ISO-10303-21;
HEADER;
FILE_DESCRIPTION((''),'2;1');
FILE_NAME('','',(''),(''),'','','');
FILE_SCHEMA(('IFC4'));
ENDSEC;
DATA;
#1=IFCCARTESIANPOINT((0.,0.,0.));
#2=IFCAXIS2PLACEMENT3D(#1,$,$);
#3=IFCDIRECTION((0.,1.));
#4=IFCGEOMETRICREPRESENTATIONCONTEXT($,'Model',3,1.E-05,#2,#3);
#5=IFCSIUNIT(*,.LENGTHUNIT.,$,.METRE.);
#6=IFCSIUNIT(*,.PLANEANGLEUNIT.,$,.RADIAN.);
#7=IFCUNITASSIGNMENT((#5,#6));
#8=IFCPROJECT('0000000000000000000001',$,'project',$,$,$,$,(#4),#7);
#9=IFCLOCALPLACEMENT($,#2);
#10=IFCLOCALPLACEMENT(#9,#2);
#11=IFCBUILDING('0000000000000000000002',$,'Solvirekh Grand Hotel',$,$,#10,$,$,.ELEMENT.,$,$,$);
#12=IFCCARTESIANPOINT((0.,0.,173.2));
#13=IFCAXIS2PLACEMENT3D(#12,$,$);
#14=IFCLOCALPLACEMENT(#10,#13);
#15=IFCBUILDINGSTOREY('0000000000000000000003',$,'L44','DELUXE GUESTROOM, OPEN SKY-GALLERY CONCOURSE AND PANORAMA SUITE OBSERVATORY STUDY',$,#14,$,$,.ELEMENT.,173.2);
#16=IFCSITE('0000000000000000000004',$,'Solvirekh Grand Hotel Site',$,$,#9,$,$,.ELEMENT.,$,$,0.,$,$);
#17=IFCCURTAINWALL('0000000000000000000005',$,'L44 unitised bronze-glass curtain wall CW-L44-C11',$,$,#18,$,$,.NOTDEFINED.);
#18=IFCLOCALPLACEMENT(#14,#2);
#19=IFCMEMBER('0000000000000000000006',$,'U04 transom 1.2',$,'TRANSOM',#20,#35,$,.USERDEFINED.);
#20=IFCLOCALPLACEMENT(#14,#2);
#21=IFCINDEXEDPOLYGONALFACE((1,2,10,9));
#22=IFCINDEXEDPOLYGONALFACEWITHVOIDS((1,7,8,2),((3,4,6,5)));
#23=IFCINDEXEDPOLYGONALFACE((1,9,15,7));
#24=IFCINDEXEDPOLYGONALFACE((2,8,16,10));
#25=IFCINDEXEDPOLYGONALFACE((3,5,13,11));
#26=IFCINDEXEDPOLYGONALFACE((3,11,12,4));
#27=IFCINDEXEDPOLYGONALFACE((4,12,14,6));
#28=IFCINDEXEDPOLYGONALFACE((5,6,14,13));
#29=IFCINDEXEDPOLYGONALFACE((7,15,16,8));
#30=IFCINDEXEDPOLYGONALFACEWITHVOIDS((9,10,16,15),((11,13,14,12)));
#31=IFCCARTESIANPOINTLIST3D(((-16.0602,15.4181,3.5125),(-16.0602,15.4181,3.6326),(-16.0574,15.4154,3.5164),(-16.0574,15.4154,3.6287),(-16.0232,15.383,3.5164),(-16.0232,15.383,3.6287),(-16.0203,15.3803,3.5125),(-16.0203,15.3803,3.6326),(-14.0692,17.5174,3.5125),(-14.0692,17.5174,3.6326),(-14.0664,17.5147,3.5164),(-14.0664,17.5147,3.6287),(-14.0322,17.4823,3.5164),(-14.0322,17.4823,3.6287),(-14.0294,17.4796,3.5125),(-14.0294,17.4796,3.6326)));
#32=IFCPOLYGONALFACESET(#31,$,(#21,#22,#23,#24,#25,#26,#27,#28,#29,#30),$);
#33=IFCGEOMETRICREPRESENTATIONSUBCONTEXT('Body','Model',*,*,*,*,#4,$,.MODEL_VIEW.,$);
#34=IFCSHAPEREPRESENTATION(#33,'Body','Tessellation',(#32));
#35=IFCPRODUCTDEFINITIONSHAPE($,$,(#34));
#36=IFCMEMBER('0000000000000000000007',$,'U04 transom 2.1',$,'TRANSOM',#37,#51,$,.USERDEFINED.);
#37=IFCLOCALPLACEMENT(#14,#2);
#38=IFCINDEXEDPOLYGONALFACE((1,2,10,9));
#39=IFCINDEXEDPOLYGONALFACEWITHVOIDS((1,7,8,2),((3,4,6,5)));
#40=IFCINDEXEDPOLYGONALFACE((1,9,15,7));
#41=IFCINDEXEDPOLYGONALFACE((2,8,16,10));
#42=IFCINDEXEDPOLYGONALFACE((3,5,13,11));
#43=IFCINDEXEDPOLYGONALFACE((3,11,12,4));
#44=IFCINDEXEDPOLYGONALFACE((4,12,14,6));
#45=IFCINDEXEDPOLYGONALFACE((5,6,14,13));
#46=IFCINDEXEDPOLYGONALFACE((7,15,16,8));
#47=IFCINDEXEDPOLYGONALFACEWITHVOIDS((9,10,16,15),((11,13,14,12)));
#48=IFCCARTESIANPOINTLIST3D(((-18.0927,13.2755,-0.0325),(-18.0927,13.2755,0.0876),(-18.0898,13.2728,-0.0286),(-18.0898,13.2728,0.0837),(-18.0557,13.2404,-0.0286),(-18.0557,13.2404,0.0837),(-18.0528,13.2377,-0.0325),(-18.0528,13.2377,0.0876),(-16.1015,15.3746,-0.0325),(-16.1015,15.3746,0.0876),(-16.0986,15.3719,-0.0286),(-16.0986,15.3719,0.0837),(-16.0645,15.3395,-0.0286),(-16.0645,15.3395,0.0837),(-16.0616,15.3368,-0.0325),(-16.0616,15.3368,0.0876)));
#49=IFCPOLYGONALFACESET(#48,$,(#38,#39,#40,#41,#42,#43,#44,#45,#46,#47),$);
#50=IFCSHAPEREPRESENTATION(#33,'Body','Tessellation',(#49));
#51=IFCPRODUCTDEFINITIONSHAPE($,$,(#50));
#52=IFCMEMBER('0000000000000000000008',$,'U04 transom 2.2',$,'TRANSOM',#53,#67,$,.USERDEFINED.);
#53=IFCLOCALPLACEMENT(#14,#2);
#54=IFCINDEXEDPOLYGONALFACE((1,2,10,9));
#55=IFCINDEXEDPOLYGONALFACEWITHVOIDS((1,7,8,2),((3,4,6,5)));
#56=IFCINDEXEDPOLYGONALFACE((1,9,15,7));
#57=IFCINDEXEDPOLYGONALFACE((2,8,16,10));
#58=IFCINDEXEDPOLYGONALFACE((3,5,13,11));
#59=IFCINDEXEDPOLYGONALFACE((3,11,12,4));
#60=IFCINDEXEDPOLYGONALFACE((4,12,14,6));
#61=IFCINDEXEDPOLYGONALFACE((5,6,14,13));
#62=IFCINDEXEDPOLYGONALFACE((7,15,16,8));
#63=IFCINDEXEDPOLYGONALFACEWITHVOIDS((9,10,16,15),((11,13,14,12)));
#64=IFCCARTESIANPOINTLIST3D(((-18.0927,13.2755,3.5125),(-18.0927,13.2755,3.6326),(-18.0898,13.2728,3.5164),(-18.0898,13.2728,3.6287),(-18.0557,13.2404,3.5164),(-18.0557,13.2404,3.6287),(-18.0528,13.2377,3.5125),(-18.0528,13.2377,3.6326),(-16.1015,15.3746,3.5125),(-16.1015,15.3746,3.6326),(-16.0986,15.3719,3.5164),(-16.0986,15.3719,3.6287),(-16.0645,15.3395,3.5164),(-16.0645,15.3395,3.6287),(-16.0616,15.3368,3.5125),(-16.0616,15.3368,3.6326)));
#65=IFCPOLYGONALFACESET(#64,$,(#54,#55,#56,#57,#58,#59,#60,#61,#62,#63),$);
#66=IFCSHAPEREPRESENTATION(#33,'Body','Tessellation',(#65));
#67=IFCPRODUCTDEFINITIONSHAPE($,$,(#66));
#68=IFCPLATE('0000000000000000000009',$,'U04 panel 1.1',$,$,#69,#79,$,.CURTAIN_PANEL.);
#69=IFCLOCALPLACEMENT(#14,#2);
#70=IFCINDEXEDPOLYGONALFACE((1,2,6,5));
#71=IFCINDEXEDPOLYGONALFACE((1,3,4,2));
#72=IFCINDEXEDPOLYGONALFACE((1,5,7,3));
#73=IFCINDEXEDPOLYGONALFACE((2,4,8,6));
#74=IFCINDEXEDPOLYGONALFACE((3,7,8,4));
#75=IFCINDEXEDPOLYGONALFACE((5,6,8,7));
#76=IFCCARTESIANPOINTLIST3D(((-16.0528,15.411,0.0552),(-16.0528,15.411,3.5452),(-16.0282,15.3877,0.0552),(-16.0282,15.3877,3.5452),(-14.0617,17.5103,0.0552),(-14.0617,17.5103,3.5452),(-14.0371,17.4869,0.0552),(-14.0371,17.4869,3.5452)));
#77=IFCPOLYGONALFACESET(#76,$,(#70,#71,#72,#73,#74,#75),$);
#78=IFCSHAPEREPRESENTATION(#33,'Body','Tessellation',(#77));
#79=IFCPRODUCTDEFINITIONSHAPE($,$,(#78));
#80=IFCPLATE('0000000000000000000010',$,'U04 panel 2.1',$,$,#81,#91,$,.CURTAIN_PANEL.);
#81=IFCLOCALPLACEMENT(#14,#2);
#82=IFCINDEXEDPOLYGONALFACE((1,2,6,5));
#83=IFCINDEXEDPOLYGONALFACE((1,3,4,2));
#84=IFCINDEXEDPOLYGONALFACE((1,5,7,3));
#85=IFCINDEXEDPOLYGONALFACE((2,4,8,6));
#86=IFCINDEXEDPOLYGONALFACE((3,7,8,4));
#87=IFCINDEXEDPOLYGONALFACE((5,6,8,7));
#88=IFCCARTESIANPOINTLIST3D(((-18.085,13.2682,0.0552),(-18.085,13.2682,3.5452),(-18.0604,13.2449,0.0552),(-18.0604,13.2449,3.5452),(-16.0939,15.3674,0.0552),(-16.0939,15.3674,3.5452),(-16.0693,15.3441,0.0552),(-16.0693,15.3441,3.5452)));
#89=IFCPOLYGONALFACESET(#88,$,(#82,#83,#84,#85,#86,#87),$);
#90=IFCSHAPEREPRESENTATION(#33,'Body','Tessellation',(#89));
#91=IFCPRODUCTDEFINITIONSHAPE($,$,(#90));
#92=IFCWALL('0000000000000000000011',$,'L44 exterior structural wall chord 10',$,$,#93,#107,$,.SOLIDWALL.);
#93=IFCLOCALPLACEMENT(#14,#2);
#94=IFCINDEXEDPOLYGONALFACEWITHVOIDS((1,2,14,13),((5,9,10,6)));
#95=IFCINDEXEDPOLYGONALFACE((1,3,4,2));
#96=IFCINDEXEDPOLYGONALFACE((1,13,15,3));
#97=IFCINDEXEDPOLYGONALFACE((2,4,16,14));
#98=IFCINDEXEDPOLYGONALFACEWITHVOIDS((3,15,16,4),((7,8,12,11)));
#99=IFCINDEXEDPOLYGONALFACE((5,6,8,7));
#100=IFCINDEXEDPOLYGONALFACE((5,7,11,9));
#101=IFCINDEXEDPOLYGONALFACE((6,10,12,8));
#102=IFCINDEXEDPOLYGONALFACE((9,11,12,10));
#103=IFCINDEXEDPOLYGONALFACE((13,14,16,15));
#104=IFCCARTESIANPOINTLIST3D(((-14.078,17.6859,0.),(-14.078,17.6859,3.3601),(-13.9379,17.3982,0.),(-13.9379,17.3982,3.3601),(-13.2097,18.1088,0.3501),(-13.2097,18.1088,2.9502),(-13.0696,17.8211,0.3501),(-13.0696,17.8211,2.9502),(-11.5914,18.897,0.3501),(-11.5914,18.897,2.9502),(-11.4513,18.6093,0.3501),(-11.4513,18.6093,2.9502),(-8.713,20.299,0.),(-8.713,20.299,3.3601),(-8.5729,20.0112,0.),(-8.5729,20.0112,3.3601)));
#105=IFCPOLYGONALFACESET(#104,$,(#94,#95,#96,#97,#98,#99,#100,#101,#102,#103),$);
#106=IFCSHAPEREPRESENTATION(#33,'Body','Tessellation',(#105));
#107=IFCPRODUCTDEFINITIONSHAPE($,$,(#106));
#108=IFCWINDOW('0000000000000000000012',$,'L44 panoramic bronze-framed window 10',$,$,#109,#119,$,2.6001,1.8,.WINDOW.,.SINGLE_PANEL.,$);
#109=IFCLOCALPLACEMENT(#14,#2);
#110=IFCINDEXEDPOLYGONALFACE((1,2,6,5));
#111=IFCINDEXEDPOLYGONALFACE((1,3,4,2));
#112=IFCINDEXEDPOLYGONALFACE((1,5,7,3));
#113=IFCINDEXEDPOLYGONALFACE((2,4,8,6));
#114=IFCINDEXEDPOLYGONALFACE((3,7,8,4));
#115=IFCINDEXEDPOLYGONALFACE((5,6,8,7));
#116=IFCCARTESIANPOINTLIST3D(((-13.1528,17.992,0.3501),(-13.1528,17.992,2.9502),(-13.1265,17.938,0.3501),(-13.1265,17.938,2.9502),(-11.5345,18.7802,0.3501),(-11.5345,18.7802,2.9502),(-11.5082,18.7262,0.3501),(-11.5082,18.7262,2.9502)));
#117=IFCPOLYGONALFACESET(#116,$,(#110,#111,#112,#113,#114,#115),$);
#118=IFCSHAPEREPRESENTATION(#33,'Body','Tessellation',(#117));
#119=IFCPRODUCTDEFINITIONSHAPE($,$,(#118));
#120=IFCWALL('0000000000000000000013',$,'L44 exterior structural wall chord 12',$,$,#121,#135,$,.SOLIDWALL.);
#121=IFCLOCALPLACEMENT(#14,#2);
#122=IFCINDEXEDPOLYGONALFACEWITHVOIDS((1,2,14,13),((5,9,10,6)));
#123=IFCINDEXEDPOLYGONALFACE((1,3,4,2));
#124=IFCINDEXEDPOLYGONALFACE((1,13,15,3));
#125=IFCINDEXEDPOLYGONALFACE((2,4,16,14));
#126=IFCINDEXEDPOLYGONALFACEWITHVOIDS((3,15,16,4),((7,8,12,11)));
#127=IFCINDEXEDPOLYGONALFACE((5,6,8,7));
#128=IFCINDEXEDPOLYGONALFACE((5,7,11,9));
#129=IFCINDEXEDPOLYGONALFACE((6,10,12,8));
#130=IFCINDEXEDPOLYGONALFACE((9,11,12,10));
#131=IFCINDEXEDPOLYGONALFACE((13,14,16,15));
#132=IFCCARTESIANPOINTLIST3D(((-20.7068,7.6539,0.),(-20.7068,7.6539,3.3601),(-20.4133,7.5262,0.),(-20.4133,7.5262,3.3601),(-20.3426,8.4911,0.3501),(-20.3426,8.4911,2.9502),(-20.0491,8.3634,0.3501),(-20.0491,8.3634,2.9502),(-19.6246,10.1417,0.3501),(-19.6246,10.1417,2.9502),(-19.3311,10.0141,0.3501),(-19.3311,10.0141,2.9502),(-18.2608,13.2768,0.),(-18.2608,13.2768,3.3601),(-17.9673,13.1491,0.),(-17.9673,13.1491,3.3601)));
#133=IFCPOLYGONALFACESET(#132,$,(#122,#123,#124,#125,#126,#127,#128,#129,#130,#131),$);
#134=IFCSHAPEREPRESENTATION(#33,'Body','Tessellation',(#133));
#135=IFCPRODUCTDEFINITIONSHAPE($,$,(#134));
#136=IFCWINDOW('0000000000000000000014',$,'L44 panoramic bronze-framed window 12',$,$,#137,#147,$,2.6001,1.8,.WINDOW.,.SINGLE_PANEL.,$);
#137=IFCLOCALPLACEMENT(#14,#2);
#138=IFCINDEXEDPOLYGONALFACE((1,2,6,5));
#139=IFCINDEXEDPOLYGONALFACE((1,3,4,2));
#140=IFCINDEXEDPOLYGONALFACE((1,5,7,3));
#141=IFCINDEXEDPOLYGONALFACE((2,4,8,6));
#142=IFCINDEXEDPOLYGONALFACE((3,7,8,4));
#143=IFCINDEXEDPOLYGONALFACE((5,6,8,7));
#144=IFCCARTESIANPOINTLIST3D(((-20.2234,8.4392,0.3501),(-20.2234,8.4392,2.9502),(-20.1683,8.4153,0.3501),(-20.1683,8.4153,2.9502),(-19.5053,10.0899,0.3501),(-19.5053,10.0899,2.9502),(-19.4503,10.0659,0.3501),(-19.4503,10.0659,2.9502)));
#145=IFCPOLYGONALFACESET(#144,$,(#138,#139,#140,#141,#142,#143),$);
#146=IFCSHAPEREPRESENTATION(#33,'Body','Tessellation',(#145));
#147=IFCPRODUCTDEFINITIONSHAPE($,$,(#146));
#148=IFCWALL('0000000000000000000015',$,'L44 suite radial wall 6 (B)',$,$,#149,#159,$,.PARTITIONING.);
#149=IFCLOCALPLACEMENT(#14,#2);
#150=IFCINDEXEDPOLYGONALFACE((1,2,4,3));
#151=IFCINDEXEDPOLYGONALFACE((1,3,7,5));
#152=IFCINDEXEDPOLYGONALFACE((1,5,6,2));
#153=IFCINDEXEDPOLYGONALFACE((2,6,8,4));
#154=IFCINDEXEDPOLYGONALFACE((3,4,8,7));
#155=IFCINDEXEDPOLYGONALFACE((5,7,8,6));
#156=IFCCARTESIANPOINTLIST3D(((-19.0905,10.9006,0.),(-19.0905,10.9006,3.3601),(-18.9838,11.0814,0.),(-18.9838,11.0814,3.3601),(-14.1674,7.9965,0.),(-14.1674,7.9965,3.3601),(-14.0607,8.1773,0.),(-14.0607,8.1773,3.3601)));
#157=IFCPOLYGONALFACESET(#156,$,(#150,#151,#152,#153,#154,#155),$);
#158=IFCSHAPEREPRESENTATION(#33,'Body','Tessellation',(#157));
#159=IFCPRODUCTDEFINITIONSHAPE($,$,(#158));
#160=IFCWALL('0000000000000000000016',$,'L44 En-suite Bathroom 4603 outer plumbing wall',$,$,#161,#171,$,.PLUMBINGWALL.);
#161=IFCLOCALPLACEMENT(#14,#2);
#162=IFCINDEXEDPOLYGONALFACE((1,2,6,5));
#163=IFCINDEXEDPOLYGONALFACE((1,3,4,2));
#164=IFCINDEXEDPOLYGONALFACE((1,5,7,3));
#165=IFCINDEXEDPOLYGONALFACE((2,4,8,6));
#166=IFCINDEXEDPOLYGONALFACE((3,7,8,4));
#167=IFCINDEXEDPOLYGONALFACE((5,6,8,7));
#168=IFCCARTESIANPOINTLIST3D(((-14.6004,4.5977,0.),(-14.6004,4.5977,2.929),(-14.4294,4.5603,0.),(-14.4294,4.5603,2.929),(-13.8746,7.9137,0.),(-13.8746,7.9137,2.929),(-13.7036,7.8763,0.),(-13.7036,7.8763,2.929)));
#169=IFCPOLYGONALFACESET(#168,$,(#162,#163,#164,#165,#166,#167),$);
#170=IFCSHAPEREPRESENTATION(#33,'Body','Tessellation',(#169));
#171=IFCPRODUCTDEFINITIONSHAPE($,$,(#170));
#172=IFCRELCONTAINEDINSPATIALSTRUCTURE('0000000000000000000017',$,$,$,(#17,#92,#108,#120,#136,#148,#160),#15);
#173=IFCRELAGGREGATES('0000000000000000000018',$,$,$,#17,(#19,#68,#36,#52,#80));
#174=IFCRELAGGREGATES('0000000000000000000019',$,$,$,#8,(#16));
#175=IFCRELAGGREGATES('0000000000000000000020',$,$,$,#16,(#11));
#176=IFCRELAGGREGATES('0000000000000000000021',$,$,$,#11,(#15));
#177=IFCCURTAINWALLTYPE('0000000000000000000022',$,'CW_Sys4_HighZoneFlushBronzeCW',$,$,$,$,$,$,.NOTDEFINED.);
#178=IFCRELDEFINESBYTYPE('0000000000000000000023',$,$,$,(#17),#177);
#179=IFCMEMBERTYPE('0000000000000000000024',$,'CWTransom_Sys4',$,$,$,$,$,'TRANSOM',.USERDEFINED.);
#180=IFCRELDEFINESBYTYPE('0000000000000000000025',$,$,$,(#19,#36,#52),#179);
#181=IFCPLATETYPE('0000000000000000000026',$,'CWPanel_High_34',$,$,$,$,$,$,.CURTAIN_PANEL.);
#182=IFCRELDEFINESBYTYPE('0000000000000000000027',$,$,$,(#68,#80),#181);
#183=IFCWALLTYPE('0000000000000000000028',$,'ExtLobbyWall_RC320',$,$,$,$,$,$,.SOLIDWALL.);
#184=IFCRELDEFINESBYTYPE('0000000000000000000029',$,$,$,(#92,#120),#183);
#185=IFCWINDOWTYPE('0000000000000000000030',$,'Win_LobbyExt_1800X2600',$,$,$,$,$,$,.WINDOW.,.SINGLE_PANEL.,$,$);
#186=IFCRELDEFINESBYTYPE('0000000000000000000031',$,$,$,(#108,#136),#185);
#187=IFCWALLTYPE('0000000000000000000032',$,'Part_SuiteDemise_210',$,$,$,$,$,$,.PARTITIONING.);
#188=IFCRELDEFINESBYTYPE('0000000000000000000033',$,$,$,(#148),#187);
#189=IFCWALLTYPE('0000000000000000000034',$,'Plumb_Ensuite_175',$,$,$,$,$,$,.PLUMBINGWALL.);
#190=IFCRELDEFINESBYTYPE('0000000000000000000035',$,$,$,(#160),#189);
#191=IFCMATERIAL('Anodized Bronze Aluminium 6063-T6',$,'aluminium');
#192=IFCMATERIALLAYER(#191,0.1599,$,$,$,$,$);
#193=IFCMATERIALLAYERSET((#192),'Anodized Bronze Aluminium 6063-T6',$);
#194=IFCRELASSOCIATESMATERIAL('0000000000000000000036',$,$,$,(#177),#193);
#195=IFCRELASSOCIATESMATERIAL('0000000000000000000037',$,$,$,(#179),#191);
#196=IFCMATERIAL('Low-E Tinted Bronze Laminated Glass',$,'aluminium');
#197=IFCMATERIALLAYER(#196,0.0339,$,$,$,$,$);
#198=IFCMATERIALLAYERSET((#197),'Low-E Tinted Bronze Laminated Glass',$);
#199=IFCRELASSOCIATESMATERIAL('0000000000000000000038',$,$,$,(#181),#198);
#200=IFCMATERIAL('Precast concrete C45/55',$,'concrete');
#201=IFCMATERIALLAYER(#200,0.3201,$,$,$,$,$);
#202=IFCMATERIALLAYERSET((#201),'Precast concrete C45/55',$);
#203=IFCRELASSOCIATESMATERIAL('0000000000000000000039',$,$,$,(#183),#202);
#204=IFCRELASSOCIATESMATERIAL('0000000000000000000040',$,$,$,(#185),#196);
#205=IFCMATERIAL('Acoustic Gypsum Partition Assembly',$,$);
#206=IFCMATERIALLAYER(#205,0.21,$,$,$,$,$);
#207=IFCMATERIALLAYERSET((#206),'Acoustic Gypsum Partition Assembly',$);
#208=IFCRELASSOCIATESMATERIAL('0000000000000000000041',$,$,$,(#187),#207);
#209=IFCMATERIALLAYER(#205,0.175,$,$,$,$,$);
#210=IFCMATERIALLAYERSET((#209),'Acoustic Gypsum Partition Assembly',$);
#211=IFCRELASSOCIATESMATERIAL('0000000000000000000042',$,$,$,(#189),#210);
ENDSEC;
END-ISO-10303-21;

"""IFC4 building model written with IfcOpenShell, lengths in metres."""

from ifc_helpers import new_model, si_unit, direction, frame, frame_2d, origin, origin_2d, place, context, subcontext, project, spatial, rectangle, hollow_rectangle, extrude, source, transform, mapped, material, layer, layer_set, material_profile, profile_set, type_object, element, fill, aggregate, save


model = new_model("IFC4")

# Units and contexts
model_context = context("Model", 3, precision=1e-05, world=origin(), true_north=direction((0.0, 1.0)))
body_context = subcontext(model_context, "Body", "Model", "MODEL_VIEW")
ifc_project = project(units=[si_unit("LENGTHUNIT", "METRE"), si_unit("PLANEANGLEUNIT", "RADIAN")], contexts=[model_context])

# Site, building, storey
site_placement = place(None, origin())
site = spatial("IfcSite", under=ifc_project, at=site_placement, Name="Solvirekh Grand Hotel Site", CompositionType="ELEMENT", RefElevation=0.0)
building_placement = place(site_placement, origin())
building = spatial("IfcBuilding", under=site, at=building_placement, Name="Solvirekh Grand Hotel", CompositionType="ELEMENT")
storey_placement = place(building_placement, frame((0.0, 0.0, 173.2)))
storey = spatial("IfcBuildingStorey", under=building, at=storey_placement, Name="L44", Description="DELUXE GUESTROOM, OPEN SKY-GALLERY CONCOURSE AND PANORAMA SUITE OBSERVATORY STUDY", CompositionType="ELEMENT", Elevation=173.2)

# Curtain wall
ifc_material_1 = material(Name="Anodized Bronze Aluminium 6063-T6", Category="aluminium")
ifc_layer_1 = layer(ifc_material_1, 0.1599)
ifc_layer_set_1 = layer_set([ifc_layer_1], Name="Anodized Bronze Aluminium 6063-T6")
curtain_wall_type = type_object("IfcCurtainWallType", Name="CW_Sys4_HighZoneFlushBronzeCW", PredefinedType="NOTDEFINED", material=ifc_layer_set_1)
curtain_wall_1_placement = place(storey_placement, origin())
curtain_wall_1 = element("IfcCurtainWall", 1, at=curtain_wall_1_placement, inside=storey, type_object=curtain_wall_type, Name="L44 unitised bronze-glass curtain wall CW-L44-C11", PredefinedType="NOTDEFINED")

# Members
ifc_material_profile_1 = material_profile(ifc_material_1, hollow_rectangle(XDim=0.0549, YDim=0.1201, WallThickness=0.0039, at=origin_2d()), Name="ALU RHS 120X55X4")
ifc_profile_set_1 = profile_set([ifc_material_profile_1], Name="Anodized Bronze Aluminium 6063-T6")
member_type_1 = type_object("IfcMemberType", Name="CWTransom_Sys4", ElementType="TRANSOM", PredefinedType="USERDEFINED", material=ifc_profile_set_1)
shared_shape_1 = source(origin(), body_context, "Body", "SweptSolid", [
    extrude(hollow_rectangle(XDim=0.0549, YDim=0.1201, WallThickness=0.0039, at=origin_2d()), origin(), (0.0, 0.0, 1.0), 2.8933),
])
member_1_placement = place(storey_placement, frame((-14.0493, 17.4985, 3.5725), z_axis=(-0.688126, -0.725591, 0.0), x_axis=(0.725591, -0.688126, 0.0)))
member_1 = element("IfcMember", 2, at=member_1_placement, type_object=member_type_1, Name="U04 transom 1.2", ObjectType="TRANSOM", PredefinedType="USERDEFINED", context=body_context, shape_type="MappedRepresentation", body=[
    mapped(shared_shape_1, transform((0.0, 0.0, 0.0), x_axis=(1.0, 0.0, 0.0), y_axis=(0.0, 1.0, 0.0), z_axis=(0.0, 0.0, 1.0), scale=1.0)),
])
member_2_placement = place(storey_placement, frame((-16.0815, 15.3557, 0.0276), z_axis=(-0.688213, -0.725509, 0.0), x_axis=(0.725509, -0.688213, 0.0)))
member_2 = element("IfcMember", 3, at=member_2_placement, type_object=member_type_1, Name="U04 transom 2.1", ObjectType="TRANSOM", PredefinedType="USERDEFINED", context=body_context, shape_type="MappedRepresentation", body=[
    mapped(shared_shape_1, transform((0.0, 0.0, 0.0), x_axis=(1.0, 0.0, 0.0), y_axis=(0.0, 1.0, 0.0), z_axis=(0.0, 0.0, 1.0), scale=1.0)),
])
member_3_placement = place(storey_placement, frame((-16.0815, 15.3557, 3.5725), z_axis=(-0.688213, -0.725509, 0.0), x_axis=(0.725509, -0.688213, 0.0)))
member_3 = element("IfcMember", 4, at=member_3_placement, type_object=member_type_1, Name="U04 transom 2.2", ObjectType="TRANSOM", PredefinedType="USERDEFINED", context=body_context, shape_type="MappedRepresentation", body=[
    mapped(shared_shape_1, transform((0.0, 0.0, 0.0), x_axis=(1.0, 0.0, 0.0), y_axis=(0.0, 1.0, 0.0), z_axis=(0.0, 0.0, 1.0), scale=1.0)),
])

# Plates
ifc_material_2 = material(Name="Low-E Tinted Bronze Laminated Glass", Category="aluminium")
ifc_layer_2 = layer(ifc_material_2, 0.0339)
ifc_layer_set_2 = layer_set([ifc_layer_2], Name="Low-E Tinted Bronze Laminated Glass")
plate_type = type_object("IfcPlateType", Name="CWPanel_High_34", PredefinedType="CURTAIN_PANEL", material=ifc_layer_set_2)
shared_shape_2 = source(origin(), body_context, "Body", "SweptSolid", [
    extrude(rectangle(XDim=2.8933, YDim=0.0339, at=origin_2d()), origin(), (0.0, 0.0, 1.0), 3.49),
])
plate_1_placement = place(storey_placement, frame((-15.0449, 16.449, 0.0552), z_axis=(0.0, 0.0, 1.0), x_axis=(-0.688172, -0.725547, 0.0)))
plate_1 = element("IfcPlate", 5, at=plate_1_placement, type_object=plate_type, Name="U04 panel 1.1", PredefinedType="CURTAIN_PANEL", context=body_context, shape_type="MappedRepresentation", body=[
    mapped(shared_shape_2, transform((0.0, 0.0, 0.0), x_axis=(1.0, 0.0, 0.0), y_axis=(0.0, 1.0, 0.0), z_axis=(0.0, 0.0, 1.0), scale=1.0)),
])
plate_2_placement = place(storey_placement, frame((-17.0771, 14.3062, 0.0552), z_axis=(0.0, 0.0, 1.0), x_axis=(-0.688172, -0.725547, 0.0)))
plate_2 = element("IfcPlate", 6, at=plate_2_placement, type_object=plate_type, Name="U04 panel 2.1", PredefinedType="CURTAIN_PANEL", context=body_context, shape_type="MappedRepresentation", body=[
    mapped(shared_shape_2, transform((0.0, 0.0, 0.0), x_axis=(1.0, 0.0, 0.0), y_axis=(0.0, 1.0, 0.0), z_axis=(0.0, 0.0, 1.0), scale=1.0)),
])
aggregate(curtain_wall_1, [member_1, plate_1, member_2, member_3, plate_2])

# Walls, openings, windows
ifc_material_3 = material(Name="Precast concrete C45/55", Category="concrete")
ifc_layer_3 = layer(ifc_material_3, 0.3201)
ifc_layer_set_3 = layer_set([ifc_layer_3], Name="Precast concrete C45/55")
wall_type_1 = type_object("IfcWallType", Name="ExtLobbyWall_RC320", PredefinedType="SOLIDWALL", material=ifc_layer_set_3)
wall_1_placement = place(storey_placement, frame((-14.0081, 17.542, 0.0), z_axis=(0.0, 0.0, 1.0), x_axis=(0.899034, 0.437878, 0.0)))
wall_1 = element("IfcWall", 7, at=wall_1_placement, inside=storey, type_object=wall_type_1, Name="L44 exterior structural wall chord 10", PredefinedType="SOLIDWALL", context=body_context, shape_type="SweptSolid", body=[
    extrude(rectangle(XDim=5.9675, YDim=0.3201, at=frame_2d((2.9839, 0.0))), origin(), (0.0, 0.0, 1.0), 3.3601),
])
opening_1_placement = place(wall_1_placement, frame((0.9661, 0.0, 0.3501)))
opening_1 = element("IfcOpeningElement", 8, at=opening_1_placement, cuts=wall_1, PredefinedType="OPENING", context=body_context, shape_type="SweptSolid", body=[
    extrude(rectangle(XDim=1.8, YDim=2.6001, at=frame_2d((0.8999, 1.3))), frame((0.0, 0.1699, 0.0), z_axis=(0.0, -1.0, 0.0), x_axis=(1.0, 0.0, 0.0)), (0.0, 0.0, 1.0), 0.3401),
])
window_type = type_object("IfcWindowType", Name="Win_LobbyExt_1800X2600", PartitioningType="SINGLE_PANEL", PredefinedType="WINDOW", material=ifc_material_2)
window_1_placement = place(opening_1_placement, origin())
window_1 = element("IfcWindow", 9, at=window_1_placement, inside=storey, type_object=window_type, Name="L44 panoramic bronze-framed window 10", OverallHeight=2.6001, OverallWidth=1.8, PartitioningType="SINGLE_PANEL", PredefinedType="WINDOW", context=body_context, shape_type="SweptSolid", body=[
    extrude(rectangle(XDim=1.8, YDim=2.6001, at=frame_2d((0.8999, 1.3))), frame((0.0, 0.03, 0.0), z_axis=(0.0, -1.0, 0.0), x_axis=(1.0, 0.0, 0.0)), (0.0, 0.0, 1.0), 0.0601),
])
fill(opening_1, window_1)
wall_2_placement = place(storey_placement, frame((-20.5601, 7.5901, 0.0), z_axis=(0.0, 0.0, 1.0), x_axis=(0.398911, 0.91699, 0.0)))
wall_2 = element("IfcWall", 10, at=wall_2_placement, inside=storey, type_object=wall_type_1, Name="L44 exterior structural wall chord 12", PredefinedType="SOLIDWALL", context=body_context, shape_type="SweptSolid", body=[
    extrude(rectangle(XDim=6.1318, YDim=0.3201, at=frame_2d((3.0659, 0.0))), origin(), (0.0, 0.0, 1.0), 3.3601),
])
opening_2_placement = place(wall_2_placement, frame((0.9131, 0.0, 0.3501)))
opening_2 = element("IfcOpeningElement", 11, at=opening_2_placement, cuts=wall_2, PredefinedType="OPENING", context=body_context, shape_type="SweptSolid", body=[
    extrude(rectangle(XDim=1.8, YDim=2.6001, at=frame_2d((0.8999, 1.3))), frame((0.0, 0.1699, 0.0), z_axis=(0.0, -1.0, 0.0), x_axis=(1.0, 0.0, 0.0)), (0.0, 0.0, 1.0), 0.3401),
])
window_2_placement = place(opening_2_placement, origin())
window_2 = element("IfcWindow", 12, at=window_2_placement, inside=storey, type_object=window_type, Name="L44 panoramic bronze-framed window 12", OverallHeight=2.6001, OverallWidth=1.8, PartitioningType="SINGLE_PANEL", PredefinedType="WINDOW", context=body_context, shape_type="SweptSolid", body=[
    extrude(rectangle(XDim=1.8, YDim=2.6001, at=frame_2d((0.8999, 1.3))), frame((0.0, 0.03, 0.0), z_axis=(0.0, -1.0, 0.0), x_axis=(1.0, 0.0, 0.0)), (0.0, 0.0, 1.0), 0.0601),
])
fill(opening_2, window_2)

# Walls
ifc_material_4 = material(Name="Acoustic Gypsum Partition Assembly")
ifc_layer_4 = layer(ifc_material_4, 0.21)
ifc_layer_set_4 = layer_set([ifc_layer_4], Name="Acoustic Gypsum Partition Assembly")
wall_type_2 = type_object("IfcWallType", Name="Part_SuiteDemise_210", PredefinedType="PARTITIONING", material=ifc_layer_set_4)
wall_3_placement = place(storey_placement, frame((-14.114, 8.0869, 0.0), z_axis=(0.0, 0.0, 1.0), x_axis=(-0.861313, 0.508074, 0.0)))
element("IfcWall", 13, at=wall_3_placement, inside=storey, type_object=wall_type_2, Name="L44 suite radial wall 6 (B)", PredefinedType="PARTITIONING", context=body_context, shape_type="SweptSolid", body=[
    extrude(rectangle(XDim=5.7158, YDim=0.21, at=frame_2d((2.8579, 0.0))), origin(), (0.0, 0.0, 1.0), 3.3601),
])
ifc_layer_5 = layer(ifc_material_4, 0.175)
ifc_layer_set_5 = layer_set([ifc_layer_5], Name="Acoustic Gypsum Partition Assembly")
wall_type_3 = type_object("IfcWallType", Name="Plumb_Ensuite_175", PredefinedType="PLUMBINGWALL", material=ifc_layer_set_5)
wall_4_placement = place(storey_placement, frame((-13.7891, 7.895, 0.0), z_axis=(0.0, 0.0, 1.0), x_axis=(-0.21383, -0.976871, 0.0)))
element("IfcWall", 14, at=wall_4_placement, inside=storey, type_object=wall_type_3, Name="L44 En-suite Bathroom 4603 outer plumbing wall", PredefinedType="PLUMBINGWALL", context=body_context, shape_type="SweptSolid", body=[
    extrude(rectangle(XDim=3.3945, YDim=0.175, at=frame_2d((1.6973, 0.0))), origin(), (0.0, 0.0, 1.0), 2.929),
])

save(model, "model.ifc")
